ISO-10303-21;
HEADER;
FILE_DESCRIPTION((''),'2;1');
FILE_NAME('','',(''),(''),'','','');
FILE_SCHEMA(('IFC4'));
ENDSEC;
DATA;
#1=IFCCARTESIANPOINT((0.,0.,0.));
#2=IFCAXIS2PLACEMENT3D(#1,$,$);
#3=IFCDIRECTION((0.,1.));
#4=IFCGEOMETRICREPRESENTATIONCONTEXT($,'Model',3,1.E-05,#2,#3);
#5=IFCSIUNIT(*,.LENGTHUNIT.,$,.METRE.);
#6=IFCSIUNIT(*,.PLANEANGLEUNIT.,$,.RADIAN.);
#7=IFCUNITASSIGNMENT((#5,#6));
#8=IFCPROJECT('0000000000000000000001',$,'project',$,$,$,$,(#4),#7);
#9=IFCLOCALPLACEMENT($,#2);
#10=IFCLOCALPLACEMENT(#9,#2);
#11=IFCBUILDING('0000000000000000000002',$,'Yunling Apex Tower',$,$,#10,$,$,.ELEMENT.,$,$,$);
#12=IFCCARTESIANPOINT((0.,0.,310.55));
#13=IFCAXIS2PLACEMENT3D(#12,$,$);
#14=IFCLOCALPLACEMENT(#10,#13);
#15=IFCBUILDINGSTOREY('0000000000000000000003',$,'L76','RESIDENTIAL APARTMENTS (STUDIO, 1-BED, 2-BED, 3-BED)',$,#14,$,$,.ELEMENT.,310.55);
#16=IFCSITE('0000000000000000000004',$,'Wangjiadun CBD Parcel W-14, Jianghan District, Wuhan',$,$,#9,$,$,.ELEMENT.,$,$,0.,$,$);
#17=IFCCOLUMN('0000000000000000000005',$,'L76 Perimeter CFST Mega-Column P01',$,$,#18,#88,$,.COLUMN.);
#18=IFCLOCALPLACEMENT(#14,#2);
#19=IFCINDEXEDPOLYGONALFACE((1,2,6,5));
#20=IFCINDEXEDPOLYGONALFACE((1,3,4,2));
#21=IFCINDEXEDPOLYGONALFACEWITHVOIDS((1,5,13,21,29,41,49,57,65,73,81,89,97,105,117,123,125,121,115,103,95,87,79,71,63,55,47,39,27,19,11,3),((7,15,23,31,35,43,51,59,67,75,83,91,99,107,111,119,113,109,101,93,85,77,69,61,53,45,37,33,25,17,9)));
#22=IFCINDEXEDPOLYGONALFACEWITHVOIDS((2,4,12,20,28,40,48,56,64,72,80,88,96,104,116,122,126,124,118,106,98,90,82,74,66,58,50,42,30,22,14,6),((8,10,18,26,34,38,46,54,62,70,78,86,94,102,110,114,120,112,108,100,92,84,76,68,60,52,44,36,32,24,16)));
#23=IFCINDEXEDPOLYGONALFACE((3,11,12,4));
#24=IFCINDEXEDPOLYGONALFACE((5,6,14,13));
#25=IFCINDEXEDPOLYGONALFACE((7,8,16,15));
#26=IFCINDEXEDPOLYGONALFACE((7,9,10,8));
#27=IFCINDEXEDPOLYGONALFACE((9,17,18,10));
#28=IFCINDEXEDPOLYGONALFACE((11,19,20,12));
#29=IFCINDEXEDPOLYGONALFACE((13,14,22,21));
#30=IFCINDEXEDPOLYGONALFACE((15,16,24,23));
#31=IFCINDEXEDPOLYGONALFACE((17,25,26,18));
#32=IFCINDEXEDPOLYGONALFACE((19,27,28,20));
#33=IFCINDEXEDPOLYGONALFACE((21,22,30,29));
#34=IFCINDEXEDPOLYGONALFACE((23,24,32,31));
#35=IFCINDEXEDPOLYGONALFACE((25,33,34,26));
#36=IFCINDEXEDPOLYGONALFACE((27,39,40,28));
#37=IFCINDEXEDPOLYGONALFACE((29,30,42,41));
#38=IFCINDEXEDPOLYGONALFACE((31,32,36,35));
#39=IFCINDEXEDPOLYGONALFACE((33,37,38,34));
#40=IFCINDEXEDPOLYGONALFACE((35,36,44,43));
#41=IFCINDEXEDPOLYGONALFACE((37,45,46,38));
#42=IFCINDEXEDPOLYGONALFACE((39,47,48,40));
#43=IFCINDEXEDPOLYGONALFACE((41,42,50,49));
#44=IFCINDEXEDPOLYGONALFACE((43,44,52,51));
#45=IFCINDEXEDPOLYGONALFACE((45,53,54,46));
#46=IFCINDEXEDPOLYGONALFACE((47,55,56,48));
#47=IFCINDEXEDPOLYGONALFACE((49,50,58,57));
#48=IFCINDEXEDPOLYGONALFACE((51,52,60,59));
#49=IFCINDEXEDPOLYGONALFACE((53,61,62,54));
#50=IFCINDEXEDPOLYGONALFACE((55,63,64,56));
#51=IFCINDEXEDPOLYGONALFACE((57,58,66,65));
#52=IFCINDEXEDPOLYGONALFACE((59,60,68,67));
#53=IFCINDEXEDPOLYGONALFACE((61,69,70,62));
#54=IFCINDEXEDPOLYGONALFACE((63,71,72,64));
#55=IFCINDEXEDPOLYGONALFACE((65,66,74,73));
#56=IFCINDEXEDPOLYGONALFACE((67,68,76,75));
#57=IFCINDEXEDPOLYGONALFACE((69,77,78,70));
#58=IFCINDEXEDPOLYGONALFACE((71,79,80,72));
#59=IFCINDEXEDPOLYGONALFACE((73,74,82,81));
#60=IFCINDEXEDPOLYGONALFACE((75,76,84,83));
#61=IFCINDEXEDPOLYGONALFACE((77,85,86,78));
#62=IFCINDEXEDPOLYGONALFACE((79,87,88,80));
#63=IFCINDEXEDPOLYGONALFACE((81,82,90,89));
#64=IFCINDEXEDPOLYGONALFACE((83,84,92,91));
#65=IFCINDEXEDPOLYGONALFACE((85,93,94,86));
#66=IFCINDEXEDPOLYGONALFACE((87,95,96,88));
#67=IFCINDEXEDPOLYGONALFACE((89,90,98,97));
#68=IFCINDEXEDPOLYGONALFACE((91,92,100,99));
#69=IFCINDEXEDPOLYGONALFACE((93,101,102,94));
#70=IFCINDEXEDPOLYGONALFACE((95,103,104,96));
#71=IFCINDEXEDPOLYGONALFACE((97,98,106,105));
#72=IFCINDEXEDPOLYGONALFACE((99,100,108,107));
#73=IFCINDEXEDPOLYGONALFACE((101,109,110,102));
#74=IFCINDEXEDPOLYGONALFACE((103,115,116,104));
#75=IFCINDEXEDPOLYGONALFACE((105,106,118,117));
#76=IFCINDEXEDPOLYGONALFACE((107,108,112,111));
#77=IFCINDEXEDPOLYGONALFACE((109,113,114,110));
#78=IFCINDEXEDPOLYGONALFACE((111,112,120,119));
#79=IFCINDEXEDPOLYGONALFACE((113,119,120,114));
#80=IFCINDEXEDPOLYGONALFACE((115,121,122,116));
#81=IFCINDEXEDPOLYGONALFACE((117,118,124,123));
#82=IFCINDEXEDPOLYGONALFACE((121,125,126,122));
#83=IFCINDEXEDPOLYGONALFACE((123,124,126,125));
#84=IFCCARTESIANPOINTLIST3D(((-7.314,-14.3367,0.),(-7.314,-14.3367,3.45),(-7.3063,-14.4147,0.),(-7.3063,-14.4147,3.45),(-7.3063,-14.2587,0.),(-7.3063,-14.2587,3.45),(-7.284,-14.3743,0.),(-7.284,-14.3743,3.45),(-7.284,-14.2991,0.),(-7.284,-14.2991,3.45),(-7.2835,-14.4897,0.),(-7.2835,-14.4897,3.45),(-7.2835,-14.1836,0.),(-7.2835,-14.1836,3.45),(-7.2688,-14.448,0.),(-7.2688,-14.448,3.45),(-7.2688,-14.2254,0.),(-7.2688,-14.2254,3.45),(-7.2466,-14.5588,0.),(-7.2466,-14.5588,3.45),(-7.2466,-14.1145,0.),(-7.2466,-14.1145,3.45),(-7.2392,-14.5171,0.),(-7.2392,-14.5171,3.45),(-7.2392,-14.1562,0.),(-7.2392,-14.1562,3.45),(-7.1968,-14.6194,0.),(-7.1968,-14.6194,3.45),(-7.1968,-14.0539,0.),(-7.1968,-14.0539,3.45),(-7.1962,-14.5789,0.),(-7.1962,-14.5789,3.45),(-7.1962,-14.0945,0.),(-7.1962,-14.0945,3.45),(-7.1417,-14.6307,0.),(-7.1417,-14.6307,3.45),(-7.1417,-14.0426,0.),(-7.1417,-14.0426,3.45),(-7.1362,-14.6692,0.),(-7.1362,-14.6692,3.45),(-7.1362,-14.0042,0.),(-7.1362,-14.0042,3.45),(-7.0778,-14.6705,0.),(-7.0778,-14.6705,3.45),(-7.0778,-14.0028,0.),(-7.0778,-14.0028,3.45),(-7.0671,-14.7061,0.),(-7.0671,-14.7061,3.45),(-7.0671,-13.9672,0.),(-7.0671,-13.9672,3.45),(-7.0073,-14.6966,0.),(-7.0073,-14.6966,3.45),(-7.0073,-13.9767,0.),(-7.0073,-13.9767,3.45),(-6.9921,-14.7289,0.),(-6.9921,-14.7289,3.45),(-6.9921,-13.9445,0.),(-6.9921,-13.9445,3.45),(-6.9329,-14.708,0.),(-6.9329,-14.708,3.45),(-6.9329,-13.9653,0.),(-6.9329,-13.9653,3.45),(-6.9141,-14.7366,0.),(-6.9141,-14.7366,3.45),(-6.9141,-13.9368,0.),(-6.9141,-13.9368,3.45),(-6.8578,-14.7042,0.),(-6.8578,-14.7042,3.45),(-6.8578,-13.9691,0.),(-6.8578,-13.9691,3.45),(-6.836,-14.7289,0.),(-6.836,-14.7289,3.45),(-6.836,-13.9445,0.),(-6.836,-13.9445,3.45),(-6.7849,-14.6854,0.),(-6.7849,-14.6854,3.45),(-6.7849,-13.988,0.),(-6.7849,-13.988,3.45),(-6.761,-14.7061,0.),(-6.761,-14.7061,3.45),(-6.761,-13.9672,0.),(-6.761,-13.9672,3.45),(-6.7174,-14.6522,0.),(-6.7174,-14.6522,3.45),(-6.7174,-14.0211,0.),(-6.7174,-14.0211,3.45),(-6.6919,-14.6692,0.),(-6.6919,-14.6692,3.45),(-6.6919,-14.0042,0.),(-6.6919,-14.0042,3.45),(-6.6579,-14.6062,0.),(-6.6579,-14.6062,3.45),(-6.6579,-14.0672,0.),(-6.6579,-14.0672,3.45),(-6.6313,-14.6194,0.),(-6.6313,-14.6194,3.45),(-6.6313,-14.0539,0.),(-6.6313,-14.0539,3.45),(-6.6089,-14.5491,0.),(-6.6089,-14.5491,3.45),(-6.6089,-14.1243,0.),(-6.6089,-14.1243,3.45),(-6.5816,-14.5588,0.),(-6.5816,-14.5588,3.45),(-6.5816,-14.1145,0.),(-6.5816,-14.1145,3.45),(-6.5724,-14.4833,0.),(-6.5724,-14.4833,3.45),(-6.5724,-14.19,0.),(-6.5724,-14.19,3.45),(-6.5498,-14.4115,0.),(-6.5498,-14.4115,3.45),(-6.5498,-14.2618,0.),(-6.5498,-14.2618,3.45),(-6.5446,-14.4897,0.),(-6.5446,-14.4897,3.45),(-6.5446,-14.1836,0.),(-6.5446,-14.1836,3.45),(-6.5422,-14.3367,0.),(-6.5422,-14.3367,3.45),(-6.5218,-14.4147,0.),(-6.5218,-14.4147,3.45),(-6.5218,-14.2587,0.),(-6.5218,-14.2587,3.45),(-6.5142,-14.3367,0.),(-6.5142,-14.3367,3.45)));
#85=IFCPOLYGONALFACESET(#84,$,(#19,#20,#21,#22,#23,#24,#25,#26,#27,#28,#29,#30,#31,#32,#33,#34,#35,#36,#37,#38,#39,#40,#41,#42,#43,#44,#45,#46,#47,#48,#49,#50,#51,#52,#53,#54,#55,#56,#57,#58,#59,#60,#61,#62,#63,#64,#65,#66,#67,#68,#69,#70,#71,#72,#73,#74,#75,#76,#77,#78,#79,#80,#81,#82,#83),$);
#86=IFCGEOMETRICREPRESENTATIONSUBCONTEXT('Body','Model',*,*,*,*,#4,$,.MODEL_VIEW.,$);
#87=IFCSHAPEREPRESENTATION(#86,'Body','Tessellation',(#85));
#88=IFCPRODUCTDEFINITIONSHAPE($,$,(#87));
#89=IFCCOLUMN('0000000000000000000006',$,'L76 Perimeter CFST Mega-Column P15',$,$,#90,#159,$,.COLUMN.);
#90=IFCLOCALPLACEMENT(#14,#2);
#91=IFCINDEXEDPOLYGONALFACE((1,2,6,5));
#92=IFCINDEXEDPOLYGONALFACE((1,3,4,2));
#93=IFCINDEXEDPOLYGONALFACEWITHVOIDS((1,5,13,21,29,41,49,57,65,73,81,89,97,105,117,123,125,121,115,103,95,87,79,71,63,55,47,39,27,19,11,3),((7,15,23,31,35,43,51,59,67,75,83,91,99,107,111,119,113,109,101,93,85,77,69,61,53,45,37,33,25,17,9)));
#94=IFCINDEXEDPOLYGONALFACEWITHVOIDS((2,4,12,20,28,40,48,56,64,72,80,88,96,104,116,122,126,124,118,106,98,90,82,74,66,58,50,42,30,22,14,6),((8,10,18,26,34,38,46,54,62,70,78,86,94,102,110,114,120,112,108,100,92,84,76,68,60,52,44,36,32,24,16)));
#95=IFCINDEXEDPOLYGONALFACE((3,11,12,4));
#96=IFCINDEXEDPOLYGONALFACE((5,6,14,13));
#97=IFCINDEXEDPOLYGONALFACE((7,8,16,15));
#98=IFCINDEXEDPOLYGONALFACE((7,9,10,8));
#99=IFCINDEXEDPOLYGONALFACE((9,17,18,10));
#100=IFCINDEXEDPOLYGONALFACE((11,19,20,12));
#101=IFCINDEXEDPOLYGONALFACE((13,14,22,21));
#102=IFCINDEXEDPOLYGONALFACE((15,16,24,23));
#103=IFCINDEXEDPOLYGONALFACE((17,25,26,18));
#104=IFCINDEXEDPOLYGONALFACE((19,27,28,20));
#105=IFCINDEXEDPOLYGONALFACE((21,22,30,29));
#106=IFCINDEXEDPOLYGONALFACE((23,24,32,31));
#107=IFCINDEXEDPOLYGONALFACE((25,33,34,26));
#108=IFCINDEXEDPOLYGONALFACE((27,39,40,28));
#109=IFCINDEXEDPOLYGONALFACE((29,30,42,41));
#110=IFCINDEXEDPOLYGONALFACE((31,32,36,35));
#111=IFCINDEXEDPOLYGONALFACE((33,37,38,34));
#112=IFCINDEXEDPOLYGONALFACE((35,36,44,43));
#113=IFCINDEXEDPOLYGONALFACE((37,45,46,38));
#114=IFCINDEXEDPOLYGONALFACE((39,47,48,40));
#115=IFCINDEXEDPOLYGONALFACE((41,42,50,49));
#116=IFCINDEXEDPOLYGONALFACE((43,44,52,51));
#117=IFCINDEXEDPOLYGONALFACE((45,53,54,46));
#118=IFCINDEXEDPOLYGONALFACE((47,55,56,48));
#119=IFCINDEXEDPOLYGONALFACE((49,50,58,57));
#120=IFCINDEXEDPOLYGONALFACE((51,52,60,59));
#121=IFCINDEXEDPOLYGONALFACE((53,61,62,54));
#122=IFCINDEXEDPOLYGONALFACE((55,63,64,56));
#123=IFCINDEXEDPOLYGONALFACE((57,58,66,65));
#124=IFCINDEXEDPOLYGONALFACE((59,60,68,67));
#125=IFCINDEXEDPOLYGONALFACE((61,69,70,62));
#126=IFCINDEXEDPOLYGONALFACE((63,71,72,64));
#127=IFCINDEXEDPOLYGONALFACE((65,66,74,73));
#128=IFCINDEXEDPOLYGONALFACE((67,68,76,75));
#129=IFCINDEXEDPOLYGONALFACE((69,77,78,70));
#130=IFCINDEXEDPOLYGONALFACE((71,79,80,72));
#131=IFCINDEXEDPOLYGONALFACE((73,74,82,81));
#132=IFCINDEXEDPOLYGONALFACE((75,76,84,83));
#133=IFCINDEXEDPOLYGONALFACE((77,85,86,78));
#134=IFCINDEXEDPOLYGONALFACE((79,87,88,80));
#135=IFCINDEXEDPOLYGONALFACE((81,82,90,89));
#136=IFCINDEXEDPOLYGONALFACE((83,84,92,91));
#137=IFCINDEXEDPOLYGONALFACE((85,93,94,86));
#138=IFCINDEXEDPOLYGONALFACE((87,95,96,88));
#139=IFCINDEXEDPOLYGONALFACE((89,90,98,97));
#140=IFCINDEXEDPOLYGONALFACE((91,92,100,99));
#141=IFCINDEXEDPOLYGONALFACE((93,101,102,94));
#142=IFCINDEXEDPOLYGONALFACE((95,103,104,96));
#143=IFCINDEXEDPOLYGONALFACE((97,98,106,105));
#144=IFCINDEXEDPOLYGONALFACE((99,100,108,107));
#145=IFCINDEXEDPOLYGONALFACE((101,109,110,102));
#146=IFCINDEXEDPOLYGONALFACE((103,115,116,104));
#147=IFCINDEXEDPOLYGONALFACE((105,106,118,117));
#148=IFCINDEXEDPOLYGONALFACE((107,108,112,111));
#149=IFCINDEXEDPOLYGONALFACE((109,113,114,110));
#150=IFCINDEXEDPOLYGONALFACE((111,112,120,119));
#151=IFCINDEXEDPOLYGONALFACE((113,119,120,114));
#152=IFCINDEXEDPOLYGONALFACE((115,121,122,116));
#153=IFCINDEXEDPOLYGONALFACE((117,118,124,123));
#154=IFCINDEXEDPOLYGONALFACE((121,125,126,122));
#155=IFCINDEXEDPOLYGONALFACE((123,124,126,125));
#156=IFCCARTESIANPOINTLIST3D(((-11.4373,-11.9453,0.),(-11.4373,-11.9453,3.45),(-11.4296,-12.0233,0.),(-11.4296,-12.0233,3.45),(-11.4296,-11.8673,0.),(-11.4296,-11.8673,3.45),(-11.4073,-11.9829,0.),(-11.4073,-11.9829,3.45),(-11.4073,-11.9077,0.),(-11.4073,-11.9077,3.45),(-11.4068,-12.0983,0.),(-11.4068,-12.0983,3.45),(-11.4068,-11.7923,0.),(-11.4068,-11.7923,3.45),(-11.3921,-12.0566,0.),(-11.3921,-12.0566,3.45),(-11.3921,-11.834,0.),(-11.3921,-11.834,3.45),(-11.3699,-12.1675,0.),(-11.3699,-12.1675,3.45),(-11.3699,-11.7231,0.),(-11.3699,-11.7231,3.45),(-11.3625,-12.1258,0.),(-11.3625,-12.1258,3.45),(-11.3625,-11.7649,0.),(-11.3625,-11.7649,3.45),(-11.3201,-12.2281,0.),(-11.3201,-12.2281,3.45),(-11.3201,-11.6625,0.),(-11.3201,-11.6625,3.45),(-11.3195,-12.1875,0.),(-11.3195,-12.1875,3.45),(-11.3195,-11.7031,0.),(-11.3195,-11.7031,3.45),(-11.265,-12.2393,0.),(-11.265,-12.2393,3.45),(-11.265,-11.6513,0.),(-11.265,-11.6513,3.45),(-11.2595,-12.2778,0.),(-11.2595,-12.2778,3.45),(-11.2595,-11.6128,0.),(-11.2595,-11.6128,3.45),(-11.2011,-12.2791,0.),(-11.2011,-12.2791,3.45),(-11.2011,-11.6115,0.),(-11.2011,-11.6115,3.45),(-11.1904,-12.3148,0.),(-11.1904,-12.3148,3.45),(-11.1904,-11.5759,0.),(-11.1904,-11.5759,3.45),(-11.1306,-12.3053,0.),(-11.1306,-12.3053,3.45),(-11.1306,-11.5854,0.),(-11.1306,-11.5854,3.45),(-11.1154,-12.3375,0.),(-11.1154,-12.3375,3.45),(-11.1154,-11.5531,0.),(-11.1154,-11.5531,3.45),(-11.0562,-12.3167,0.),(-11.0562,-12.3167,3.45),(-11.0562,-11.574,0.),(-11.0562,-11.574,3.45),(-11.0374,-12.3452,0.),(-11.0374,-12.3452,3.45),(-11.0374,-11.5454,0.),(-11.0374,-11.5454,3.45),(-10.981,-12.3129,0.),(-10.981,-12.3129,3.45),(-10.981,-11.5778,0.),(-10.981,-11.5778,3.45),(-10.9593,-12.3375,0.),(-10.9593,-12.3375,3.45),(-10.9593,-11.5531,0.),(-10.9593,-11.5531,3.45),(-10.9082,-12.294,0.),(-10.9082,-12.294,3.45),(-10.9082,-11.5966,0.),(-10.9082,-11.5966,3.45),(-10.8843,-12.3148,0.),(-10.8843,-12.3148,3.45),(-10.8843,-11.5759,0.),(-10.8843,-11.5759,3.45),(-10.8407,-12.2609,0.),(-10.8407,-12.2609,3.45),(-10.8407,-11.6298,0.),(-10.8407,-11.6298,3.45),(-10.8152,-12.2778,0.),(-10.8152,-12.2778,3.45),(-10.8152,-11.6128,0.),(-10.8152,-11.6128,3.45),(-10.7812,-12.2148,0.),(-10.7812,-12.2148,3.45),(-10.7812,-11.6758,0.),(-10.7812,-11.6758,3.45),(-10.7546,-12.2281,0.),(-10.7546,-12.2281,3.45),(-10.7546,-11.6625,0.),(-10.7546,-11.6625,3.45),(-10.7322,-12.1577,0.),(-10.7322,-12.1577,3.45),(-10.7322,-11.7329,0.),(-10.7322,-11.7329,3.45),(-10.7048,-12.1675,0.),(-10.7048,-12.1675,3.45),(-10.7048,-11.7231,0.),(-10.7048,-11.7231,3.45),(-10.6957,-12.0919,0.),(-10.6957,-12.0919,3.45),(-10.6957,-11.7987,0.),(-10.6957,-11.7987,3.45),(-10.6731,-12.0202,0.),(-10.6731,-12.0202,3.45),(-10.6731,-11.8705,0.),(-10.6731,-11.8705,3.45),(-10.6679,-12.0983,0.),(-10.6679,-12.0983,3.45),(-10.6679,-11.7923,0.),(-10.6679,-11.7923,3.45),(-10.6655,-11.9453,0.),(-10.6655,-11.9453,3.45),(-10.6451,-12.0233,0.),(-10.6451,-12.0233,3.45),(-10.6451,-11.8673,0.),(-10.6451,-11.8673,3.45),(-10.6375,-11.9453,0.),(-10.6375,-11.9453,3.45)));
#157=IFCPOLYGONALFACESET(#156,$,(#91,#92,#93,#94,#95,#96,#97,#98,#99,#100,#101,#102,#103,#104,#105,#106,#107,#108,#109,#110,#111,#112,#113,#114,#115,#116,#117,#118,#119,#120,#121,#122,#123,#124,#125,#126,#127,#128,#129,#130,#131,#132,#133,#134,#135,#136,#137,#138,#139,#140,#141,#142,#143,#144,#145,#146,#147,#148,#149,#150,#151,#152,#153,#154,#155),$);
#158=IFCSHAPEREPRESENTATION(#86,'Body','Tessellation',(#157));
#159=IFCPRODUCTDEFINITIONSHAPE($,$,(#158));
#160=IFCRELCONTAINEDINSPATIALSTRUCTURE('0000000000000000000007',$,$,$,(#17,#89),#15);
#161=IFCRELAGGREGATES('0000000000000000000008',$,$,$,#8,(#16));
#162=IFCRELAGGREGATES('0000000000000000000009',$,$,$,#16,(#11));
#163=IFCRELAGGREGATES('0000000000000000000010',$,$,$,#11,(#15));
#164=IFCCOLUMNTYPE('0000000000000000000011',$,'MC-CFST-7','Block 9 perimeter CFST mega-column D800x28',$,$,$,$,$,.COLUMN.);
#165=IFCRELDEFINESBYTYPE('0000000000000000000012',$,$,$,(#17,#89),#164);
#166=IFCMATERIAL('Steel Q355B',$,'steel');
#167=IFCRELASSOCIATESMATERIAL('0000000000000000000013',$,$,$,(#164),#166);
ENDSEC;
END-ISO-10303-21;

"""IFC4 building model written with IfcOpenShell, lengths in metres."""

from ifc_helpers import new_model, si_unit, direction, frame, origin, origin_2d, place, context, subcontext, project, spatial, hollow_circle, extrude, source, transform, mapped, material, material_profile, profile_set, type_object, element, save


model = new_model("IFC4")

# Units and contexts
model_context = context("Model", 3, precision=1e-05, world=origin(), true_north=direction((0.0, 1.0)))
body_context = subcontext(model_context, "Body", "Model", "MODEL_VIEW")
ifc_project = project(units=[si_unit("LENGTHUNIT", "METRE"), si_unit("PLANEANGLEUNIT", "RADIAN")], contexts=[model_context])

# Site, building, storey
site_placement = place(None, origin())
site = spatial("IfcSite", under=ifc_project, at=site_placement, Name="Wangjiadun CBD Parcel W-14, Jianghan District, Wuhan", CompositionType="ELEMENT", RefElevation=0.0)
building_placement = place(site_placement, origin())
building = spatial("IfcBuilding", under=site, at=building_placement, Name="Yunling Apex Tower", CompositionType="ELEMENT")
storey_placement = place(building_placement, frame((0.0, 0.0, 310.55)))
storey = spatial("IfcBuildingStorey", under=building, at=storey_placement, Name="L76", Description="RESIDENTIAL APARTMENTS (STUDIO, 1-BED, 2-BED, 3-BED)", CompositionType="ELEMENT", Elevation=310.55)

# Columns
ifc_material_1 = material(Name="Steel Q355B", Category="steel")
ifc_material_profile_1 = material_profile(ifc_material_1, hollow_circle(Radius=0.3999, WallThickness=0.0281, at=origin_2d()))
ifc_profile_set_1 = profile_set([ifc_material_profile_1], Name="Steel Q355B")
column_type = type_object("IfcColumnType", Name="MC-CFST-7", Description="Block 9 perimeter CFST mega-column D800x28", PredefinedType="COLUMN", material=ifc_profile_set_1)
shared_shape_1 = source(origin(), body_context, "Body", "SweptSolid", [
    extrude(hollow_circle(Radius=0.3999, WallThickness=0.0281, at=origin_2d()), origin(), (0.0, 0.0, 1.0), 3.45),
])
for number, where, z_axis, x_axis, name in (
    (1, (-6.9141, -14.3367, 0.0), (0.0, 0.0, 1.0), (1.0, 0.0, 0.0), "L76 Perimeter CFST Mega-Column P01"),
    (2, (-11.0374, -11.9453, 0.0), (0.0, 0.0, 1.0), (1.0, 0.0, 0.0), "L76 Perimeter CFST Mega-Column P15"),
):
    element("IfcColumn", number, at=place(storey_placement, frame(where, z_axis=z_axis, x_axis=x_axis)), inside=storey, type_object=column_type, Name=name, PredefinedType="COLUMN", context=body_context, shape_type="MappedRepresentation", body=[
        mapped(shared_shape_1, transform((0.0, 0.0, 0.0), scale=1.0)),
    ])

save(model, "model.ifc")
